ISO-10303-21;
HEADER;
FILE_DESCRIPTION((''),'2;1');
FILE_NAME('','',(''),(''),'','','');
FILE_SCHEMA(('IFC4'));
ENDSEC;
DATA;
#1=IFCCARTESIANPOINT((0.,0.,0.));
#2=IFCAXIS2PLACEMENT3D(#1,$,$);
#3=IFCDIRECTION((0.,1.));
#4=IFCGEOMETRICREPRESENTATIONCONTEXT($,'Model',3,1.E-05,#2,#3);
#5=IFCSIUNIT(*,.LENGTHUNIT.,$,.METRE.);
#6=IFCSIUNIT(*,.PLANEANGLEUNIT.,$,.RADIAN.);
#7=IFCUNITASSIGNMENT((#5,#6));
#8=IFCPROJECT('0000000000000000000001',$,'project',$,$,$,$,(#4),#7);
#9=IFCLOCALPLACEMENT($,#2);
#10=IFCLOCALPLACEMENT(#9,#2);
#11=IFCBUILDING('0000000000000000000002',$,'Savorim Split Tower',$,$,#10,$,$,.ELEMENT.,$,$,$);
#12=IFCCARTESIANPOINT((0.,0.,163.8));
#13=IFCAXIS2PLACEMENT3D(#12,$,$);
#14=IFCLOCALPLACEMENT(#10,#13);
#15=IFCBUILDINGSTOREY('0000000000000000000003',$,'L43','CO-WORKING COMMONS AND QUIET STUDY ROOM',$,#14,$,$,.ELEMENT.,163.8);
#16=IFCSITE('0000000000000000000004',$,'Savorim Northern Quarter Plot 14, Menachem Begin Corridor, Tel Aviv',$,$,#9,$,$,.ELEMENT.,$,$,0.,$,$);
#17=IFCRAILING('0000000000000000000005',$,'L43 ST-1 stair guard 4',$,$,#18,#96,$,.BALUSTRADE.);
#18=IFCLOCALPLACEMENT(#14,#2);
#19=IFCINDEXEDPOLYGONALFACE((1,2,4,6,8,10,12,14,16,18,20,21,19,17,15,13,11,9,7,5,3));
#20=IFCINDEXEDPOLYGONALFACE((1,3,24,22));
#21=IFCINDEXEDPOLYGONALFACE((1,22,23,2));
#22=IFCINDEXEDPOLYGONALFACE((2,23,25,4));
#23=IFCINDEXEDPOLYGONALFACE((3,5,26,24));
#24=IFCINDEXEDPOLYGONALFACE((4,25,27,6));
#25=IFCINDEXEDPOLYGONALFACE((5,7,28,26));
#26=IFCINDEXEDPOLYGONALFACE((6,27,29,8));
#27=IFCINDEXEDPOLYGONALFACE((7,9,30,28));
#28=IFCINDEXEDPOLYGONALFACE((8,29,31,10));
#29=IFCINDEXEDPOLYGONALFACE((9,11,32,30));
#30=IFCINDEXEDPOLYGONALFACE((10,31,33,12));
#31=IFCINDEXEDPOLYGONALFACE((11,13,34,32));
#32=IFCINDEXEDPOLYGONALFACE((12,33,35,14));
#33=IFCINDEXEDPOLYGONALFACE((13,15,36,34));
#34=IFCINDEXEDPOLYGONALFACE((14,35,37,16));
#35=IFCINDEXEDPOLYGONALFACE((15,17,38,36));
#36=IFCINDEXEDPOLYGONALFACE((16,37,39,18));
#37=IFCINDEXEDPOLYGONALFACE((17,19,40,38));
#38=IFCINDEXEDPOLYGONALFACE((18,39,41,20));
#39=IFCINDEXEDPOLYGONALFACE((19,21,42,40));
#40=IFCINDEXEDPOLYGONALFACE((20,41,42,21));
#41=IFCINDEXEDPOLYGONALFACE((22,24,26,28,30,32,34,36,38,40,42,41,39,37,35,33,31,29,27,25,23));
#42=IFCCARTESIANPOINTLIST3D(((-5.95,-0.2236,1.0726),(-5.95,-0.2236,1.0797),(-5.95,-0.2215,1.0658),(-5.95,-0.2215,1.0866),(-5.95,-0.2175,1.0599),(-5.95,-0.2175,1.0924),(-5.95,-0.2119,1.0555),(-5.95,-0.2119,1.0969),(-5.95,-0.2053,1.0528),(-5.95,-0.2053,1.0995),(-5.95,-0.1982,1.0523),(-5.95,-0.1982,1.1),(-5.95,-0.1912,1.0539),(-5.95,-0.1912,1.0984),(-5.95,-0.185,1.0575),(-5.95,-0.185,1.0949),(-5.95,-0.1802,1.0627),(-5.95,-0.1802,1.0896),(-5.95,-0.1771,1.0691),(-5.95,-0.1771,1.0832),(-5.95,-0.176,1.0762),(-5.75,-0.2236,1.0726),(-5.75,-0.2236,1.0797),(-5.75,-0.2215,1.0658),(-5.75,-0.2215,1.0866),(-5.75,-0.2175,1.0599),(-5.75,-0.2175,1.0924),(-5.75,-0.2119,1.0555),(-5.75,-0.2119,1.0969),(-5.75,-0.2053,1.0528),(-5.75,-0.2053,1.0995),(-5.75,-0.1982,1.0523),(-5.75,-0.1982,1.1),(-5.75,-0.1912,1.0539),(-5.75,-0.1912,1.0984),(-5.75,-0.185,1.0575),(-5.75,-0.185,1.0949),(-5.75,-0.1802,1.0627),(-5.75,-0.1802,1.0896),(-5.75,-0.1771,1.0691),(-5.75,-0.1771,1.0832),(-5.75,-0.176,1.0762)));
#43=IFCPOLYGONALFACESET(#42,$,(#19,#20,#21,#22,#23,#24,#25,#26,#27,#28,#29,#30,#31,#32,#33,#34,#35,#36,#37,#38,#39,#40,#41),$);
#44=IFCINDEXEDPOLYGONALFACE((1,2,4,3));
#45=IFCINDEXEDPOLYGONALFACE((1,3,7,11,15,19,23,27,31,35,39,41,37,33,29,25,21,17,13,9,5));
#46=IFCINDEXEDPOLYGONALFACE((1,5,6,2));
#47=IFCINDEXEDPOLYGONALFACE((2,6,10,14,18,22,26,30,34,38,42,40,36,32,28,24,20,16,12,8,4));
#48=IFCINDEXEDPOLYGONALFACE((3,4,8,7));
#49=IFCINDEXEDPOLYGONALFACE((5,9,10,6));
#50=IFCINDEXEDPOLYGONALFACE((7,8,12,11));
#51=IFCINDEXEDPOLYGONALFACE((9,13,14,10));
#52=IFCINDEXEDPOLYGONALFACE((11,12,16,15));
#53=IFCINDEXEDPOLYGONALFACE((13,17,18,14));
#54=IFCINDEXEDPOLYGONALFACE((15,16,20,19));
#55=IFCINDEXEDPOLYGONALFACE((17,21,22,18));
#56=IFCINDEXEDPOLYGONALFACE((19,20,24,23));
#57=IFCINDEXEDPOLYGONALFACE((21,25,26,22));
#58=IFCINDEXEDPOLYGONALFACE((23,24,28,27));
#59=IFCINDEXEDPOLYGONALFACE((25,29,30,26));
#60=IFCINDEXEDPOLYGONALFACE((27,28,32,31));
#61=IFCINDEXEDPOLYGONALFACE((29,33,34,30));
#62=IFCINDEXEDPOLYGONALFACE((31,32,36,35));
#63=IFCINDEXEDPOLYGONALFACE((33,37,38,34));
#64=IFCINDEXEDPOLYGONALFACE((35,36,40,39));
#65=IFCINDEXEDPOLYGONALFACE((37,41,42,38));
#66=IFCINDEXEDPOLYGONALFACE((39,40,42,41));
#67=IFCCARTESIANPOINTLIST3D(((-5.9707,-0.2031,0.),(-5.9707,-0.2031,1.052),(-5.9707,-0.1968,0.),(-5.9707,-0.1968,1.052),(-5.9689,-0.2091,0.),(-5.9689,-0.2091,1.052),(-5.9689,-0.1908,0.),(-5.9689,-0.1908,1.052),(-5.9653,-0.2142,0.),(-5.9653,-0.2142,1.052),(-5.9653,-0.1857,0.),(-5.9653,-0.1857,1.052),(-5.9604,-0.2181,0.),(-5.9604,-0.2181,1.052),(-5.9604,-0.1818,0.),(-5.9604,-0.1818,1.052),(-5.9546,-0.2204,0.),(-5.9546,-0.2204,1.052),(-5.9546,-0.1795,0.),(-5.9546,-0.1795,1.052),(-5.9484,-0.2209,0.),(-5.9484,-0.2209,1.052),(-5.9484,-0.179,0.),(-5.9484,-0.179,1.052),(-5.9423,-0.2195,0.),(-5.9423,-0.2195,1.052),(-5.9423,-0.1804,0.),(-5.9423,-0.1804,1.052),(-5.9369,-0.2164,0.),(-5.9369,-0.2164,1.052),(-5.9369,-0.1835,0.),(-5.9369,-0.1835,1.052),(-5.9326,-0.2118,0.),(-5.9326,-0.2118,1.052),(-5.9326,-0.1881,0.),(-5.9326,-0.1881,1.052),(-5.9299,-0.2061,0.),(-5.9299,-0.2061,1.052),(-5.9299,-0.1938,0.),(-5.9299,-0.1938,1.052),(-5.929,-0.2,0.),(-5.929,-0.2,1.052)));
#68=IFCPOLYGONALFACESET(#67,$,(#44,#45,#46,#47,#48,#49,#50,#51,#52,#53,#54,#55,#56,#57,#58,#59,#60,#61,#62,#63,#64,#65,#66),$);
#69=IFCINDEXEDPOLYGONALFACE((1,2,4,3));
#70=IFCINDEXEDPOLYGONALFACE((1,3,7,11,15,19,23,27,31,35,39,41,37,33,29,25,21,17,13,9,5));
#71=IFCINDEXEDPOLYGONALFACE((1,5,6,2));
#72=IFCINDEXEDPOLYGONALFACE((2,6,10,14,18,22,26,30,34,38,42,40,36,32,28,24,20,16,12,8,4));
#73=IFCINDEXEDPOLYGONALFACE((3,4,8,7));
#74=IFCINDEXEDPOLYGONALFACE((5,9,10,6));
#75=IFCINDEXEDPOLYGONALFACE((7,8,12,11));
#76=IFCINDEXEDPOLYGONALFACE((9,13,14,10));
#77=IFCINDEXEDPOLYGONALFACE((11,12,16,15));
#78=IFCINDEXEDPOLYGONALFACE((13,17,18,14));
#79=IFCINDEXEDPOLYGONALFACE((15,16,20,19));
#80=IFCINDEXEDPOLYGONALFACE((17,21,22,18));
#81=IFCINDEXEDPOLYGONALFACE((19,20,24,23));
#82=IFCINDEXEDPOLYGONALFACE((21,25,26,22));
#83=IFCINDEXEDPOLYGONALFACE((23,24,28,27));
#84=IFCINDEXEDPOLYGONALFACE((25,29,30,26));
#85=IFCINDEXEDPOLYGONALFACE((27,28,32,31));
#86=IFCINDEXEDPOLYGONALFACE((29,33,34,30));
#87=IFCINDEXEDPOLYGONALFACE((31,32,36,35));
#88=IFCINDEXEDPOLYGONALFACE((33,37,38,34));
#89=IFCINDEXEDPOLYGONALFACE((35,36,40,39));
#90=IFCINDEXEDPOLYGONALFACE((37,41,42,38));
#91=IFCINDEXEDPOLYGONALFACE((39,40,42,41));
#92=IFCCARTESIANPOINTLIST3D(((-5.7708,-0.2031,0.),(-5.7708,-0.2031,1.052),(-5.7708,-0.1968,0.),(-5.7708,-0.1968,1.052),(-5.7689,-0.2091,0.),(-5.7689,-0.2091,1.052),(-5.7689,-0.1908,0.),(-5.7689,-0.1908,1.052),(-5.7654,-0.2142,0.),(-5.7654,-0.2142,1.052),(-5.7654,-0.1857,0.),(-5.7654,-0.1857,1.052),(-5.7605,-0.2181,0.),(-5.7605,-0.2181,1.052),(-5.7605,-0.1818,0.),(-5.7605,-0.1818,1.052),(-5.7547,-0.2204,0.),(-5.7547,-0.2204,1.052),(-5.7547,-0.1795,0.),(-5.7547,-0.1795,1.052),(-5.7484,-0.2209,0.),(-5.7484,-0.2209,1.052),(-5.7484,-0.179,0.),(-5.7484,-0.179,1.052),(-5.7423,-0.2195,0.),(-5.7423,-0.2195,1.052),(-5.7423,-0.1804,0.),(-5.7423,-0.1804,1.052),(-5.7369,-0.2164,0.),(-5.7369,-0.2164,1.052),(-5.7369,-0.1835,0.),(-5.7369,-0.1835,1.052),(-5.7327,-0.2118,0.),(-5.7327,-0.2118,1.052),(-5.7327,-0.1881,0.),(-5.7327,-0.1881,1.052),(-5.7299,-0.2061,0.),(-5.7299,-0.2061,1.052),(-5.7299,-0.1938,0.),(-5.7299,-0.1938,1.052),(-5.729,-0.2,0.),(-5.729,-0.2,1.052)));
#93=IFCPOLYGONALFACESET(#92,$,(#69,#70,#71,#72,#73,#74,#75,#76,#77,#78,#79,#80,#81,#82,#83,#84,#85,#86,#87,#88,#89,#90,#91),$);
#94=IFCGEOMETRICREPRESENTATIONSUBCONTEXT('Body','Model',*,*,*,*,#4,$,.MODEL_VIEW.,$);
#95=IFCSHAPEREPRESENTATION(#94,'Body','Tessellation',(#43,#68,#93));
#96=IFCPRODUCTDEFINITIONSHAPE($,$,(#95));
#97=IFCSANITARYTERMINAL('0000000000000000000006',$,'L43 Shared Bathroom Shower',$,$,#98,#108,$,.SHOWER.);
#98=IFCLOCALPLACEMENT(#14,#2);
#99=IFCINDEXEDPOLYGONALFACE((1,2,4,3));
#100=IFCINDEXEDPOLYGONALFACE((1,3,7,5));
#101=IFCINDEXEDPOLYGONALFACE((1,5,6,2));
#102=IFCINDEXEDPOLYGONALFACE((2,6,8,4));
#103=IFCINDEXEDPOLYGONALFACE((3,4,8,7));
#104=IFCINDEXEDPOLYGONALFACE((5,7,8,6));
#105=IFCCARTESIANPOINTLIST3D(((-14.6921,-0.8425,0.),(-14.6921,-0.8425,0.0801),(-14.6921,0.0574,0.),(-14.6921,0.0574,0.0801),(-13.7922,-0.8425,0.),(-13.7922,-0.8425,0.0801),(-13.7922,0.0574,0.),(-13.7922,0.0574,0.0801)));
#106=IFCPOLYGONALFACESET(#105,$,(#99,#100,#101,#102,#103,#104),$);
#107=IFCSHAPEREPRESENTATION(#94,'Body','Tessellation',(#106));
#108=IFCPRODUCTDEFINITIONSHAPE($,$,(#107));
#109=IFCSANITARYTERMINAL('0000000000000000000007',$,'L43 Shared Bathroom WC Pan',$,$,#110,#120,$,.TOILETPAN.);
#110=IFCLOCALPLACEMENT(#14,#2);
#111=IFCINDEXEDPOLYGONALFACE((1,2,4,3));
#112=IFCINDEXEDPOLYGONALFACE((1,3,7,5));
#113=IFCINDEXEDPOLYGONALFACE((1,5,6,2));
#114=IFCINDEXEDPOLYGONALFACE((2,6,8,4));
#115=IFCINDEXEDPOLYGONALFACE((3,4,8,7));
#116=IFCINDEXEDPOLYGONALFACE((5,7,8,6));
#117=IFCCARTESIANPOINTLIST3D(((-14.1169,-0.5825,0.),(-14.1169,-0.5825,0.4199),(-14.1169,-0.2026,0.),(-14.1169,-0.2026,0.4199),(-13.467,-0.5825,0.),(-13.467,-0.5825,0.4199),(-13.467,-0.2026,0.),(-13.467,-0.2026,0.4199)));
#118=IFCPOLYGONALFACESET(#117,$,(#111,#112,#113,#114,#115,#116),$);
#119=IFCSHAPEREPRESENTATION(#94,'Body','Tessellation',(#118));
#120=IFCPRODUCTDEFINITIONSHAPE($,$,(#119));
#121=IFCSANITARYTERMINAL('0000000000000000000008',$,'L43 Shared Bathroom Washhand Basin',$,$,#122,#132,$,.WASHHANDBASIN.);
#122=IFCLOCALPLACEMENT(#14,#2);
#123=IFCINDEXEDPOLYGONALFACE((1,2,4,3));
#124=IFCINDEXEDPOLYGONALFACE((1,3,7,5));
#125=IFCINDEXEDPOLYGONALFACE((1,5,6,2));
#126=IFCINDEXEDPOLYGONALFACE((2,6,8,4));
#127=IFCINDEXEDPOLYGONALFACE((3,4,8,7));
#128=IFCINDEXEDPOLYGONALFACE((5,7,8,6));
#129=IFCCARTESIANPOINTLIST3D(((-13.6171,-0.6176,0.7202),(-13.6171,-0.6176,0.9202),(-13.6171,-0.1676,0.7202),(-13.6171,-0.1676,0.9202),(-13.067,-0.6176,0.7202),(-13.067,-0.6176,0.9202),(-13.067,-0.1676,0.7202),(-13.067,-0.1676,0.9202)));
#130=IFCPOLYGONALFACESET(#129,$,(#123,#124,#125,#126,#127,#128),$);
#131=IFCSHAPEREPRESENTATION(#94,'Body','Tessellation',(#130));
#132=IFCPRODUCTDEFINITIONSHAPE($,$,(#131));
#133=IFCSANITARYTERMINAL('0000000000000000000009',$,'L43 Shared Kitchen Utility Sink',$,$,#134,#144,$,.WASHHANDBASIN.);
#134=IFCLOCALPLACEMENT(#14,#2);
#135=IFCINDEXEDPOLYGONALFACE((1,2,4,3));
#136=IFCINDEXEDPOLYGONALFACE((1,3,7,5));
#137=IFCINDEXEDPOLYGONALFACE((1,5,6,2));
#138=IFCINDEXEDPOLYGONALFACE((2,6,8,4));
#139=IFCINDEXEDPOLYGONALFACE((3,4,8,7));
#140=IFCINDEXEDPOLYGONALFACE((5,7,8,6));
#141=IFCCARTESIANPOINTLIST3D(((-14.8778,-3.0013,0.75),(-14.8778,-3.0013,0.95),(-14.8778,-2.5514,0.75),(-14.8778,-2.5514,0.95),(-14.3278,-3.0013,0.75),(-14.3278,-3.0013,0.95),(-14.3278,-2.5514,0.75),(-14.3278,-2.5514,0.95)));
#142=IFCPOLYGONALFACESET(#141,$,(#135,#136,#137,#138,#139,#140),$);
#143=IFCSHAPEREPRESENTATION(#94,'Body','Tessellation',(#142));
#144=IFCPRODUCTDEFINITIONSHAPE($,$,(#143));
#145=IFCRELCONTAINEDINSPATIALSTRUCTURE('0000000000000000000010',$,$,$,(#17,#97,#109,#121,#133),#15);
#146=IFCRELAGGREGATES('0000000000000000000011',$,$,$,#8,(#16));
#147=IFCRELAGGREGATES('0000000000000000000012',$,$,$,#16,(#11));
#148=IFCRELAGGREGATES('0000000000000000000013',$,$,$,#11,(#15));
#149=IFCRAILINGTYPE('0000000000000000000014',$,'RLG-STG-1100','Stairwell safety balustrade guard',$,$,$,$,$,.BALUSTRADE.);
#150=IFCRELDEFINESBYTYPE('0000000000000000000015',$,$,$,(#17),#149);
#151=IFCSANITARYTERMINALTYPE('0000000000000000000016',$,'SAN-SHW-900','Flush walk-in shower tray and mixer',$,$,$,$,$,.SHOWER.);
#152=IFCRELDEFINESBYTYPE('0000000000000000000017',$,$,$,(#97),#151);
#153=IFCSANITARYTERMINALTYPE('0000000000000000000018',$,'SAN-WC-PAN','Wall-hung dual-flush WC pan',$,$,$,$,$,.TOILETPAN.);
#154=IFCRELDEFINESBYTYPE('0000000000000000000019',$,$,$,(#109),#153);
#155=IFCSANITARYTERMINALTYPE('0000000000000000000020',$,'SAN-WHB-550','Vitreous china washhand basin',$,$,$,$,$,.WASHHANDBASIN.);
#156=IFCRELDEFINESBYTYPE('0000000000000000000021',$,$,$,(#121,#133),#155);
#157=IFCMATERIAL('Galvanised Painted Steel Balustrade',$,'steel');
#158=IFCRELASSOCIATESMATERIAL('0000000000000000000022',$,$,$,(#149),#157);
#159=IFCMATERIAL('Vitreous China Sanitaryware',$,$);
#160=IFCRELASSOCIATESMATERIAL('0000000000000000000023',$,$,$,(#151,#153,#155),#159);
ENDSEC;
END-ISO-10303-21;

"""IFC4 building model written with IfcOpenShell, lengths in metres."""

from ifc_helpers import new_model, si_unit, direction, frame, origin, origin_2d, place, context, subcontext, project, spatial, rectangle, circle, extrude, material, type_object, element, save


model = new_model("IFC4")

# Units and contexts
model_context = context("Model", 3, precision=1e-05, world=origin(), true_north=direction((0.0, 1.0)))
body_context = subcontext(model_context, "Body", "Model", "MODEL_VIEW")
ifc_project = project(units=[si_unit("LENGTHUNIT", "METRE"), si_unit("PLANEANGLEUNIT", "RADIAN")], contexts=[model_context])

# Site, building, storey
site_placement = place(None, origin())
site = spatial("IfcSite", under=ifc_project, at=site_placement, Name="Savorim Northern Quarter Plot 14, Menachem Begin Corridor, Tel Aviv", CompositionType="ELEMENT", RefElevation=0.0)
building_placement = place(site_placement, origin())
building = spatial("IfcBuilding", under=site, at=building_placement, Name="Savorim Split Tower", CompositionType="ELEMENT")
storey_placement = place(building_placement, frame((0.0, 0.0, 163.8)))
storey = spatial("IfcBuildingStorey", under=building, at=storey_placement, Name="L43", Description="CO-WORKING COMMONS AND QUIET STUDY ROOM", CompositionType="ELEMENT", Elevation=163.8)

# Railing
ifc_material_1 = material(Name="Galvanised Painted Steel Balustrade", Category="steel")
railing_type_1 = type_object("IfcRailingType", Name="RLG-STG-1100", Description="Stairwell safety balustrade guard", PredefinedType="BALUSTRADE", material=ifc_material_1)
railing_1_placement = place(storey_placement, frame((-5.95, -0.2, 0.0)))
element("IfcRailing", 1, at=railing_1_placement, inside=storey, type_object=railing_type_1, Name="L43 ST-1 stair guard 4", PredefinedType="BALUSTRADE", context=body_context, shape_type="SweptSolid", body=[
    extrude(circle(Radius=0.0239, at=origin_2d()), frame((0.0, 0.0, 1.0762), z_axis=(1.0, 0.0, 0.0), x_axis=(0.0, 1.0, 0.0)), (0.0, 0.0, 1.0), 0.2),
    extrude(circle(Radius=0.021, at=origin_2d()), origin(), (0.0, 0.0, 1.0), 1.052),
    extrude(circle(Radius=0.021, at=origin_2d()), frame((0.2, 0.0, 0.0)), (0.0, 0.0, 1.0), 1.052),
])

# Sanitary terminals
ifc_material_2 = material(Name="Vitreous China Sanitaryware")
sanitary_terminal_type_1 = type_object("IfcSanitaryTerminalType", Name="SAN-SHW-900", Description="Flush walk-in shower tray and mixer", PredefinedType="SHOWER", material=ifc_material_2)
sanitary_terminal_1_placement = place(storey_placement, frame((-14.2422, -0.3926, 0.0), z_axis=(0.0, 0.0, 1.0), x_axis=(1.0, 0.0, 0.0)))
element("IfcSanitaryTerminal", 2, at=sanitary_terminal_1_placement, inside=storey, type_object=sanitary_terminal_type_1, Name="L43 Shared Bathroom Shower", PredefinedType="SHOWER", context=body_context, shape_type="SweptSolid", body=[
    extrude(rectangle(XDim=0.8999, YDim=0.8999, at=origin_2d()), origin(), (0.0, 0.0, 1.0), 0.0801),
])
sanitary_terminal_type_2 = type_object("IfcSanitaryTerminalType", Name="SAN-WC-PAN", Description="Wall-hung dual-flush WC pan", PredefinedType="TOILETPAN", material=ifc_material_2)
sanitary_terminal_2_placement = place(storey_placement, frame((-13.792, -0.3926, 0.0), z_axis=(0.0, 0.0, 1.0), x_axis=(1.0, 0.0, 0.0)))
element("IfcSanitaryTerminal", 3, at=sanitary_terminal_2_placement, inside=storey, type_object=sanitary_terminal_type_2, Name="L43 Shared Bathroom WC Pan", PredefinedType="TOILETPAN", context=body_context, shape_type="SweptSolid", body=[
    extrude(rectangle(XDim=0.6499, YDim=0.3799, at=origin_2d()), origin(), (0.0, 0.0, 1.0), 0.4199),
])
sanitary_terminal_type_3 = type_object("IfcSanitaryTerminalType", Name="SAN-WHB-550", Description="Vitreous china washhand basin", PredefinedType="WASHHANDBASIN", material=ifc_material_2)
for number, where, z_axis, x_axis, name in (
    (4, (-13.342, -0.3926, 0.7202), (0.0, 0.0, 1.0), (1.0, 0.0, 0.0), "L43 Shared Bathroom Washhand Basin"),
    (5, (-14.6028, -2.7764, 0.75), (0.0, 0.0, 1.0), (1.0, 0.0, 0.0), "L43 Shared Kitchen Utility Sink"),
):
    element("IfcSanitaryTerminal", number, at=place(storey_placement, frame(where, z_axis=z_axis, x_axis=x_axis)), inside=storey, type_object=sanitary_terminal_type_3, Name=name, PredefinedType="WASHHANDBASIN", context=body_context, shape_type="SweptSolid", body=[
        extrude(rectangle(XDim=0.55, YDim=0.45, at=origin_2d()), origin(), (0.0, 0.0, 1.0), 0.2),
    ])

save(model, "model.ifc")
